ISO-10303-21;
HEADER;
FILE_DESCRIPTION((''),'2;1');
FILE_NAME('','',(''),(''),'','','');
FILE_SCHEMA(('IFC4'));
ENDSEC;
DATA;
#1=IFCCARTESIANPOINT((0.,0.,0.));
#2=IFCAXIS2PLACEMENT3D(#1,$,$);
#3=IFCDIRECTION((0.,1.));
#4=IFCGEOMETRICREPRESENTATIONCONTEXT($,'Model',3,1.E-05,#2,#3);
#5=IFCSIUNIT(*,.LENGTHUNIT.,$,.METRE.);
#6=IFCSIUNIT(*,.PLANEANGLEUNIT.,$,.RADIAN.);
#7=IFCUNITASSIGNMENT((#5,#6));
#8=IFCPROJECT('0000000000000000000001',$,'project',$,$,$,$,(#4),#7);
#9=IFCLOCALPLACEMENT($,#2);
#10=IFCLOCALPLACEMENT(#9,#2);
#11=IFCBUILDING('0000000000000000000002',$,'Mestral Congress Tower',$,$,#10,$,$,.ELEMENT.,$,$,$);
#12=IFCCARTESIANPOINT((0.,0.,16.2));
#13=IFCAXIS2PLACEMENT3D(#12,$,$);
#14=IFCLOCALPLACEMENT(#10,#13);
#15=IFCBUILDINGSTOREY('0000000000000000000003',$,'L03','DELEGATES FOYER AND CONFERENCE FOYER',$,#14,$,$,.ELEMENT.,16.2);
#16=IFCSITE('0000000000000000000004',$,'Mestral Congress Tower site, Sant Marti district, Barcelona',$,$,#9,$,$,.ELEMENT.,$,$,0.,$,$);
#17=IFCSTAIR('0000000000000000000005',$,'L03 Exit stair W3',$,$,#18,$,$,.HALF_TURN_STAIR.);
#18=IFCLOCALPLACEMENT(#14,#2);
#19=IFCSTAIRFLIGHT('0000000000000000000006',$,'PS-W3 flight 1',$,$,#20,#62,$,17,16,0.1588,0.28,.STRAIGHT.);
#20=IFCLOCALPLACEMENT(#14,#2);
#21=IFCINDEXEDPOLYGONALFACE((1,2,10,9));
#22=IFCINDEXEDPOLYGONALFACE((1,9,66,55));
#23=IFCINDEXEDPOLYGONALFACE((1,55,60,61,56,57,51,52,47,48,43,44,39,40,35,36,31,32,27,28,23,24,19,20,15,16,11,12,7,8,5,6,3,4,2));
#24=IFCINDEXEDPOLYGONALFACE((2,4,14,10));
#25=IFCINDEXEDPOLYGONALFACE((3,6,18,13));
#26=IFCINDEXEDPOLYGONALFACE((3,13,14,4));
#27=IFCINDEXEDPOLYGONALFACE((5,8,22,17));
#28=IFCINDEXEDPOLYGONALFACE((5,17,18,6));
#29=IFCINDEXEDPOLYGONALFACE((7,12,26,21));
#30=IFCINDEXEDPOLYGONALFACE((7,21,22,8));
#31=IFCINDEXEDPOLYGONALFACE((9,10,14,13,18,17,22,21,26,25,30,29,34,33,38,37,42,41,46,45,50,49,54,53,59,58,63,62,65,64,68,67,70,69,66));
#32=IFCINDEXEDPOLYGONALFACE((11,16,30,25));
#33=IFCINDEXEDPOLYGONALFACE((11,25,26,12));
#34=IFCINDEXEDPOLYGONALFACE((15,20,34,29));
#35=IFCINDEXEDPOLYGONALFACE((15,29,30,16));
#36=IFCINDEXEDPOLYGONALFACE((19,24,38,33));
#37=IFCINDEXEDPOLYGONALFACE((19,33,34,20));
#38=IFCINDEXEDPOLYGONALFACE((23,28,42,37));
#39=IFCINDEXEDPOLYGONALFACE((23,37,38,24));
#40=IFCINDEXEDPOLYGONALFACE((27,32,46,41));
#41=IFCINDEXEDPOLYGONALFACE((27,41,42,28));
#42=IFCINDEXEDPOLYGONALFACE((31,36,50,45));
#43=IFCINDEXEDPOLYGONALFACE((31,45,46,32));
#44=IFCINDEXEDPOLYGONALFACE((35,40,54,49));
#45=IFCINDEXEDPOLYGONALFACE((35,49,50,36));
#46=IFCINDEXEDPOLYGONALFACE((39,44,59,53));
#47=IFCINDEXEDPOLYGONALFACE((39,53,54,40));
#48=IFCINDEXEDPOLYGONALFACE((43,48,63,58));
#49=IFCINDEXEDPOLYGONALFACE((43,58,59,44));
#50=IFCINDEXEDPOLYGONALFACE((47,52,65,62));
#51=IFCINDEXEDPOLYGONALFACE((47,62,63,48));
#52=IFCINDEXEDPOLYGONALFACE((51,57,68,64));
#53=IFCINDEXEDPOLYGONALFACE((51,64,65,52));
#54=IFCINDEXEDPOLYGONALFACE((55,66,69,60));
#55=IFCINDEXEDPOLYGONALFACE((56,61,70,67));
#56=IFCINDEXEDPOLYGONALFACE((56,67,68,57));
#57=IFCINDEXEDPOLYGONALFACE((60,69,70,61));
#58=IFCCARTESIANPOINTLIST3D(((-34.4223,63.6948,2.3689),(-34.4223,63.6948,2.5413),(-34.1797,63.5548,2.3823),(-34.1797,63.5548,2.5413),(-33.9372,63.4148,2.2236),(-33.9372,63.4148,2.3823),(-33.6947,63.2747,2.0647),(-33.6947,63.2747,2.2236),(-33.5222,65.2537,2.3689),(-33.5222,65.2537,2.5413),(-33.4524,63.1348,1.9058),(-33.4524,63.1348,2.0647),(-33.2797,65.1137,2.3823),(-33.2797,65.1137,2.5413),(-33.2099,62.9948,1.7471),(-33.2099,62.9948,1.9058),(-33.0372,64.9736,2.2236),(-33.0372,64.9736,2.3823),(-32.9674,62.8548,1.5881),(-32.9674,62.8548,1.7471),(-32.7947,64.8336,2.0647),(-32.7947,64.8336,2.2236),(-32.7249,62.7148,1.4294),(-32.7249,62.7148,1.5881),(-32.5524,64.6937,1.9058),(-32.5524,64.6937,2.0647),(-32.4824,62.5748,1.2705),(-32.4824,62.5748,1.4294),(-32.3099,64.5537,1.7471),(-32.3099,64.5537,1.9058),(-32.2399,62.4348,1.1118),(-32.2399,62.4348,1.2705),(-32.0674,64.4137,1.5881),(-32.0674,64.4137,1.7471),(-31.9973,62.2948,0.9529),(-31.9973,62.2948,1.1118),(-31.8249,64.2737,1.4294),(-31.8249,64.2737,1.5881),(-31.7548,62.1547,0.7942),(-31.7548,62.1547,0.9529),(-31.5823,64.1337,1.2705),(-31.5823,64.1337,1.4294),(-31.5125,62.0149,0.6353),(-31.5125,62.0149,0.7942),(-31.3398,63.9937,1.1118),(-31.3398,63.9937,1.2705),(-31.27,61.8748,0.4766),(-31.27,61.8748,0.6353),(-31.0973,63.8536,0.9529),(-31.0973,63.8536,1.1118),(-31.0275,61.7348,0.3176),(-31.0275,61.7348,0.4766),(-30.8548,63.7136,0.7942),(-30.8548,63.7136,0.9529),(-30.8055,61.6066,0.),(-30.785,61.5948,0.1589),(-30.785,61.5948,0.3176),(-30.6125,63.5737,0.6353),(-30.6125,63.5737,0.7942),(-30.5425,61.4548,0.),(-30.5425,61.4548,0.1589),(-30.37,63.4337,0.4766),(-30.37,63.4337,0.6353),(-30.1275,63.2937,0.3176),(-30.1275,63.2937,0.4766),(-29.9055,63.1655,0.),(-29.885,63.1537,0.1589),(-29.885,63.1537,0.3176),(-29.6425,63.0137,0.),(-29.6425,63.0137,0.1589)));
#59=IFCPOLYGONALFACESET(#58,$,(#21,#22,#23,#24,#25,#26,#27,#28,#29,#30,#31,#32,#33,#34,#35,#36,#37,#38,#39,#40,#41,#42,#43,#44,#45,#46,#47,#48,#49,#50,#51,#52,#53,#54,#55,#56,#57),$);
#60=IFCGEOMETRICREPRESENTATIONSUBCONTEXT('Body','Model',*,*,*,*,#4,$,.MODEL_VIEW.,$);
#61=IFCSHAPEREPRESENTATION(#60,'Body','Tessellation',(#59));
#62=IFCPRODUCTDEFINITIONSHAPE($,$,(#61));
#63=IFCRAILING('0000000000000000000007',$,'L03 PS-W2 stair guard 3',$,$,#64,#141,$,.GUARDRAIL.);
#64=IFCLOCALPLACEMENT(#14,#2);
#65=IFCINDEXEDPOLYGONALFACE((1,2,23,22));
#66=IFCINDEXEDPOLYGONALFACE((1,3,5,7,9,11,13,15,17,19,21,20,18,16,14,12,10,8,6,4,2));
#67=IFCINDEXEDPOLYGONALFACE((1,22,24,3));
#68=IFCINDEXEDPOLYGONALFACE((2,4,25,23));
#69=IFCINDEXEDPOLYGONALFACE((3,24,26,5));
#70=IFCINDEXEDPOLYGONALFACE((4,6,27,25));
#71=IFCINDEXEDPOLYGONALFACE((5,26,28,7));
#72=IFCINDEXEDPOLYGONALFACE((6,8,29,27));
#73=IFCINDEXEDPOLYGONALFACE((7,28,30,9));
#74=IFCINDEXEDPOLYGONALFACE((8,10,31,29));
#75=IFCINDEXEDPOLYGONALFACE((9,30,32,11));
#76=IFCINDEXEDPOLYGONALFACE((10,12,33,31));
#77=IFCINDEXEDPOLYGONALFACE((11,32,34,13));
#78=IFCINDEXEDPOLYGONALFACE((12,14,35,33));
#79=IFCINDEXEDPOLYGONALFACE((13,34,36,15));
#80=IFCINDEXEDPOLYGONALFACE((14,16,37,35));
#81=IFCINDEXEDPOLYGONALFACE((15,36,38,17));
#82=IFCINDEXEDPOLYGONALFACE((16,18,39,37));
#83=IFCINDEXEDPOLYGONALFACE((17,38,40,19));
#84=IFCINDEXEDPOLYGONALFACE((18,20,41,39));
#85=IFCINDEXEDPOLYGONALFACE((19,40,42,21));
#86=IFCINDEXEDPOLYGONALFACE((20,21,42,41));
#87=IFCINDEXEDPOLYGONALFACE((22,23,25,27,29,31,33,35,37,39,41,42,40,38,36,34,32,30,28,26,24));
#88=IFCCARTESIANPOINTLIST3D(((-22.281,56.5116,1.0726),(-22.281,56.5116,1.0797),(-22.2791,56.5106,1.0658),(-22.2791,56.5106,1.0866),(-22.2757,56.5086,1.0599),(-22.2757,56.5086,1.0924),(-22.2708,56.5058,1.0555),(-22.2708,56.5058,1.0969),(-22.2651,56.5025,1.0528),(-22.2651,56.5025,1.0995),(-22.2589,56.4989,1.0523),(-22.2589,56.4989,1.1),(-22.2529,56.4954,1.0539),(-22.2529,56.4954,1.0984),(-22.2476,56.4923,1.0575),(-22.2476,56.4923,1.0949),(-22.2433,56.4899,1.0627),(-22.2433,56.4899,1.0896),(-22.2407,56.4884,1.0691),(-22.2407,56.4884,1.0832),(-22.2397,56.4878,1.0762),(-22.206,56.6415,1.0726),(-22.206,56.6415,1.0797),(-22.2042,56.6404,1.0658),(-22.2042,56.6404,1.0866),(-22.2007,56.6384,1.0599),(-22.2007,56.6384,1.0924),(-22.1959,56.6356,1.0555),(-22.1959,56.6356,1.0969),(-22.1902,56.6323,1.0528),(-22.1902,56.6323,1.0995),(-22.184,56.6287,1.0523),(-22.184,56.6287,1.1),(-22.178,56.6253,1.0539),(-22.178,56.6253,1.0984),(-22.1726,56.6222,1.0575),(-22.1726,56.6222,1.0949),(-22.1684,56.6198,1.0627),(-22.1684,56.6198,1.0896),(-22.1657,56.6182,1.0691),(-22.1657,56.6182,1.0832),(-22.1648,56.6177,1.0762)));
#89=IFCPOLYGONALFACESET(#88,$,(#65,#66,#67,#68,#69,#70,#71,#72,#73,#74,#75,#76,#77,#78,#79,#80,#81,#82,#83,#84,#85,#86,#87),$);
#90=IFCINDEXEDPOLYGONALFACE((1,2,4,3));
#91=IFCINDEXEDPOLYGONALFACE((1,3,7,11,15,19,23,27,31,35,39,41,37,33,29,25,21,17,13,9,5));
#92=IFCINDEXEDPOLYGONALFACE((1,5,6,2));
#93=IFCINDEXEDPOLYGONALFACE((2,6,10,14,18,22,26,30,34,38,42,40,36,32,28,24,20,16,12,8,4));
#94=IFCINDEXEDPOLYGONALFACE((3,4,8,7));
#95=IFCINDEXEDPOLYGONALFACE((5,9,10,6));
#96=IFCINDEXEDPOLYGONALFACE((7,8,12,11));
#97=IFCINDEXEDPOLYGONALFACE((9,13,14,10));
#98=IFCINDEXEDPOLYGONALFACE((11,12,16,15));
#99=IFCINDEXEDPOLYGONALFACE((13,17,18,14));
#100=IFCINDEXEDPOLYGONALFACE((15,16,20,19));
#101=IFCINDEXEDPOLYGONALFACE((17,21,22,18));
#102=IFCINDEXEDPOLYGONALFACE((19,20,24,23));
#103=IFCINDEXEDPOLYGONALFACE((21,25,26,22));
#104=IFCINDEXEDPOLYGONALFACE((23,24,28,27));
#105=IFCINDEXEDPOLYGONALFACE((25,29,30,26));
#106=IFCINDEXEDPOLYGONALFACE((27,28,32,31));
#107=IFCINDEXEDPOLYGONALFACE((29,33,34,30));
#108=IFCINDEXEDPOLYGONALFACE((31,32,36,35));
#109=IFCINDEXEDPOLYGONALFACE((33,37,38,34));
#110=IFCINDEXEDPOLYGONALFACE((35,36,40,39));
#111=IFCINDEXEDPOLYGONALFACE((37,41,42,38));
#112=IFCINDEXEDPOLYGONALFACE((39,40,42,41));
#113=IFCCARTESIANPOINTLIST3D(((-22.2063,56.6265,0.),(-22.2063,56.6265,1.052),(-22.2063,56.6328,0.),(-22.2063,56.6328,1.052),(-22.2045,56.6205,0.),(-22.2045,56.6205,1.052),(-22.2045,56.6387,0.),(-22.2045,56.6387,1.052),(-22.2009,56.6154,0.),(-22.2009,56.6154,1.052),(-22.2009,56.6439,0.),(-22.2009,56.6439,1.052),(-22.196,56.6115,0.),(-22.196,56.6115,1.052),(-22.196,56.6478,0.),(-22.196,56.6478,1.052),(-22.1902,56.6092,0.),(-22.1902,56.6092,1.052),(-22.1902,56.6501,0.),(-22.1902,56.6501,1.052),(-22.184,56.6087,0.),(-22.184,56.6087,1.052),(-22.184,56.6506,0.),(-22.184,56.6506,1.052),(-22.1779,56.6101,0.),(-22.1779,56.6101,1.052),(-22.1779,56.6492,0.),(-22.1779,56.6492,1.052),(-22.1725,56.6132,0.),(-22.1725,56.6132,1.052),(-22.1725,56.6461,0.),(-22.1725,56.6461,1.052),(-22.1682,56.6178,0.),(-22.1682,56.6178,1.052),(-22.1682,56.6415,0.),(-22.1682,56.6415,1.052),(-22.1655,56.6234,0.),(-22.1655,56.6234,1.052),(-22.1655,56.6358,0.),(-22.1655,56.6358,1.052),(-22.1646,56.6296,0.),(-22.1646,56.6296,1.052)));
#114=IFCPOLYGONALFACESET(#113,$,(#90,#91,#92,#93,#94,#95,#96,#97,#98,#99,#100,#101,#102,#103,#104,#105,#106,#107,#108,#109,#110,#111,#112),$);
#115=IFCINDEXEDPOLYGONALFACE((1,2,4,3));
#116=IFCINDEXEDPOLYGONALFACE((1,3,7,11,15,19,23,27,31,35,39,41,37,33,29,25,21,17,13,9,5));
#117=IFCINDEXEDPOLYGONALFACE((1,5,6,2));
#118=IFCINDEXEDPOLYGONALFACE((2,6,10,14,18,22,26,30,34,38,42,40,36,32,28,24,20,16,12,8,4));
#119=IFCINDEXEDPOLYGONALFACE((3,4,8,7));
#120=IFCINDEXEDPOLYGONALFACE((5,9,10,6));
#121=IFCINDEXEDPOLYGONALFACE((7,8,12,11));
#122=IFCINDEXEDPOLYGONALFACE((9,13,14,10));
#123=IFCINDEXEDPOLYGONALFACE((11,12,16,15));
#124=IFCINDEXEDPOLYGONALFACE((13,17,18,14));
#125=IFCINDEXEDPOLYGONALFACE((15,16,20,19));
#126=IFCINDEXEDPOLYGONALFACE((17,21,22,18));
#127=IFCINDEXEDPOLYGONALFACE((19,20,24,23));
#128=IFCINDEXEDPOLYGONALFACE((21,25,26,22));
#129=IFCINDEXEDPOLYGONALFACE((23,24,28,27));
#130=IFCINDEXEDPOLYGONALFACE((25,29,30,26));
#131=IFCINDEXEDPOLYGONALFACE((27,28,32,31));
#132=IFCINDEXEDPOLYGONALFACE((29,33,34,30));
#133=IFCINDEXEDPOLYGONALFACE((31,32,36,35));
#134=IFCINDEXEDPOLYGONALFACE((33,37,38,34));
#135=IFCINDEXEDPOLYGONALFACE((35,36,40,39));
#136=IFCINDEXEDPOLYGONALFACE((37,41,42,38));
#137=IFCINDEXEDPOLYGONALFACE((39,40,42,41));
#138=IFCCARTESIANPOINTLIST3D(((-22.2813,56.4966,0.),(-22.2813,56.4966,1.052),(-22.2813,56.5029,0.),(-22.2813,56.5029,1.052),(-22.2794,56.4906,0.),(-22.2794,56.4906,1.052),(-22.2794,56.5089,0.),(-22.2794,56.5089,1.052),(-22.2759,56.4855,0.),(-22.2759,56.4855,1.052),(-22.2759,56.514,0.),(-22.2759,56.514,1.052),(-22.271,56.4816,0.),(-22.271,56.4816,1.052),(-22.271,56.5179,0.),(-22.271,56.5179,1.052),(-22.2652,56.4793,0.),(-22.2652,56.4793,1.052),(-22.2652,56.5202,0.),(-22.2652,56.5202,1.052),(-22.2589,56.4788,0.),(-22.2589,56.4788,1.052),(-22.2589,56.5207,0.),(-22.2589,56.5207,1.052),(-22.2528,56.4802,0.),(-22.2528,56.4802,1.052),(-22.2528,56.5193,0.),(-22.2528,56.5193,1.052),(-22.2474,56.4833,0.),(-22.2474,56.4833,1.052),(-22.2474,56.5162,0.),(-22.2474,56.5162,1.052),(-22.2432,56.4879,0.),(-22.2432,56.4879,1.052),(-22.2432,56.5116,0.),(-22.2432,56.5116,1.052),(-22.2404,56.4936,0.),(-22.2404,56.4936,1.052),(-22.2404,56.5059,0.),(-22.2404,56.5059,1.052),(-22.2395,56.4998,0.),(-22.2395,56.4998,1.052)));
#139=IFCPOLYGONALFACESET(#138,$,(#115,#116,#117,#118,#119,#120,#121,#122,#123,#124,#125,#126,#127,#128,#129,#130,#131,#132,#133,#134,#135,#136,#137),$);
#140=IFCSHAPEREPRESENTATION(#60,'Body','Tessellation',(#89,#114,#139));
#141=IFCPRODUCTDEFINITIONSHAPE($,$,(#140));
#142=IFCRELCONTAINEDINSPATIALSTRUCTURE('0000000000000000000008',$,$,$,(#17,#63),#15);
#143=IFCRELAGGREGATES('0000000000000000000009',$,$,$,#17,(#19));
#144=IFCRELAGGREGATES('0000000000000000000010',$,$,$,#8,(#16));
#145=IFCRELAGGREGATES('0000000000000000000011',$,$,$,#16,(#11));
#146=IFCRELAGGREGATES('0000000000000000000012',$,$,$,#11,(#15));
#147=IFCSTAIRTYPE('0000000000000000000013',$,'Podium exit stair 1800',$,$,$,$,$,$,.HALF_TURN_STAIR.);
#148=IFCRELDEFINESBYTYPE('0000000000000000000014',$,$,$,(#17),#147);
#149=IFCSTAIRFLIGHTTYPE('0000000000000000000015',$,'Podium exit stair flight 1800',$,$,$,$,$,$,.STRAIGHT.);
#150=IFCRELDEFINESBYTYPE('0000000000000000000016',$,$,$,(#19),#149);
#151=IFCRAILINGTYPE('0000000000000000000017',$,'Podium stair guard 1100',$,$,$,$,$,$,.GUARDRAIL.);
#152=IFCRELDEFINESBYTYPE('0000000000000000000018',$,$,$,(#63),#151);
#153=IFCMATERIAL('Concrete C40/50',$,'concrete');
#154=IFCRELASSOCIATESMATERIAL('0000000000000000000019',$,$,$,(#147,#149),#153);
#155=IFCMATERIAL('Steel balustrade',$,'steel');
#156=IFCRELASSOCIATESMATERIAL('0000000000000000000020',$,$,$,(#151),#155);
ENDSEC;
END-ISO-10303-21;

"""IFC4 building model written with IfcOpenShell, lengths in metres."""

from ifc_helpers import new_model, si_unit, direction, frame, origin, origin_2d, place, context, subcontext, project, spatial, polyline, circle, outline, extrude, material, type_object, element, aggregate, save


model = new_model("IFC4")

# Units and contexts
model_context = context("Model", 3, precision=1e-05, world=origin(), true_north=direction((0.0, 1.0)))
body_context = subcontext(model_context, "Body", "Model", "MODEL_VIEW")
ifc_project = project(units=[si_unit("LENGTHUNIT", "METRE"), si_unit("PLANEANGLEUNIT", "RADIAN")], contexts=[model_context])

# Site, building, storey
site_placement = place(None, origin())
site = spatial("IfcSite", under=ifc_project, at=site_placement, Name="Mestral Congress Tower site, Sant Marti district, Barcelona", CompositionType="ELEMENT", RefElevation=0.0)
building_placement = place(site_placement, origin())
building = spatial("IfcBuilding", under=site, at=building_placement, Name="Mestral Congress Tower", CompositionType="ELEMENT")
storey_placement = place(building_placement, frame((0.0, 0.0, 16.2)))
storey = spatial("IfcBuildingStorey", under=building, at=storey_placement, Name="L03", Description="DELEGATES FOYER AND CONFERENCE FOYER", CompositionType="ELEMENT", Elevation=16.2)

# Shared definitions
ifc_material_1 = material(Name="Concrete C40/50", Category="concrete")
stair_type = type_object("IfcStairType", Name="Podium exit stair 1800", PredefinedType="HALF_TURN_STAIR", material=ifc_material_1)
placement = place(storey_placement, origin())
stair_flight_type = type_object("IfcStairFlightType", Name="Podium exit stair flight 1800", PredefinedType="STRAIGHT", material=ifc_material_1)

# Stair, stair flight
stair_1 = element("IfcStair", 1, at=placement, inside=storey, type_object=stair_type, Name="L03 Exit stair W3", PredefinedType="HALF_TURN_STAIR")
stair_flight_1_placement = place(storey_placement, frame((-30.0925, 62.2341, 0.0), z_axis=(0.0, 0.0, 1.0), x_axis=(-0.866025, 0.5, 0.0)))
stair_flight_1 = element("IfcStairFlight", 2, at=stair_flight_1_placement, type_object=stair_flight_type, Name="PS-W3 flight 1", NumberOfRisers=17, NumberOfTreads=16, PredefinedType="STRAIGHT", RiserHeight=0.1588, TreadLength=0.28, context=body_context, shape_type="SweptSolid", body=[
    extrude(outline(polyline([(0.0, 0.0), (0.0, 0.1589), (0.28, 0.1589), (0.28, 0.3176), (0.5601, 0.3176), (0.5601, 0.4766), (0.8401, 0.4766), (0.8401, 0.6353), (1.1201, 0.6353), (1.1201, 0.7942), (1.3999, 0.7942), (1.3999, 0.9529), (1.6799, 0.9529), (1.6799, 1.1118), (1.96, 1.1118), (1.96, 1.2705), (2.24, 1.2705), (2.24, 1.4294), (2.52, 1.4294), (2.52, 1.5881), (2.8, 1.5881), (2.8, 1.7471), (3.0801, 1.7471), (3.0801, 1.9058), (3.3601, 1.9058), (3.3601, 2.0647), (3.6399, 2.0647), (3.6399, 2.2236), (3.9199, 2.2236), (3.9199, 2.3823), (4.2, 2.3823), (4.2, 2.5413), (4.48, 2.5413), (4.48, 2.7), (4.48, 2.3689), (0.3037, 0.0), (0.0, 0.0)])), frame((0.0, 0.8999, 0.0), z_axis=(0.0, -1.0, 0.0), x_axis=(1.0, 0.0, 0.0)), (0.0, 0.0, 1.0), 1.8),
])
aggregate(stair_1, [stair_flight_1])

# Railing
ifc_material_2 = material(Name="Steel balustrade", Category="steel")
railing_type_1 = type_object("IfcRailingType", Name="Podium stair guard 1100", PredefinedType="GUARDRAIL", material=ifc_material_2)
railing_1_placement = place(storey_placement, frame((-22.1855, 56.6296, 0.0)))
element("IfcRailing", 3, at=railing_1_placement, inside=storey, type_object=railing_type_1, Name="L03 PS-W2 stair guard 3", PredefinedType="GUARDRAIL", context=body_context, shape_type="SweptSolid", body=[
    extrude(circle(Radius=0.0239, at=origin_2d()), frame((0.0, 0.0, 1.0762), z_axis=(-0.499816, -0.866131, 0.0), x_axis=(0.866131, -0.499816, 0.0)), (0.0, 0.0, 1.0), 0.1499),
    extrude(circle(Radius=0.021, at=origin_2d()), origin(), (0.0, 0.0, 1.0), 1.052),
    extrude(circle(Radius=0.021, at=origin_2d()), frame((-0.075, -0.1299, 0.0)), (0.0, 0.0, 1.0), 1.052),
])

save(model, "model.ifc")
